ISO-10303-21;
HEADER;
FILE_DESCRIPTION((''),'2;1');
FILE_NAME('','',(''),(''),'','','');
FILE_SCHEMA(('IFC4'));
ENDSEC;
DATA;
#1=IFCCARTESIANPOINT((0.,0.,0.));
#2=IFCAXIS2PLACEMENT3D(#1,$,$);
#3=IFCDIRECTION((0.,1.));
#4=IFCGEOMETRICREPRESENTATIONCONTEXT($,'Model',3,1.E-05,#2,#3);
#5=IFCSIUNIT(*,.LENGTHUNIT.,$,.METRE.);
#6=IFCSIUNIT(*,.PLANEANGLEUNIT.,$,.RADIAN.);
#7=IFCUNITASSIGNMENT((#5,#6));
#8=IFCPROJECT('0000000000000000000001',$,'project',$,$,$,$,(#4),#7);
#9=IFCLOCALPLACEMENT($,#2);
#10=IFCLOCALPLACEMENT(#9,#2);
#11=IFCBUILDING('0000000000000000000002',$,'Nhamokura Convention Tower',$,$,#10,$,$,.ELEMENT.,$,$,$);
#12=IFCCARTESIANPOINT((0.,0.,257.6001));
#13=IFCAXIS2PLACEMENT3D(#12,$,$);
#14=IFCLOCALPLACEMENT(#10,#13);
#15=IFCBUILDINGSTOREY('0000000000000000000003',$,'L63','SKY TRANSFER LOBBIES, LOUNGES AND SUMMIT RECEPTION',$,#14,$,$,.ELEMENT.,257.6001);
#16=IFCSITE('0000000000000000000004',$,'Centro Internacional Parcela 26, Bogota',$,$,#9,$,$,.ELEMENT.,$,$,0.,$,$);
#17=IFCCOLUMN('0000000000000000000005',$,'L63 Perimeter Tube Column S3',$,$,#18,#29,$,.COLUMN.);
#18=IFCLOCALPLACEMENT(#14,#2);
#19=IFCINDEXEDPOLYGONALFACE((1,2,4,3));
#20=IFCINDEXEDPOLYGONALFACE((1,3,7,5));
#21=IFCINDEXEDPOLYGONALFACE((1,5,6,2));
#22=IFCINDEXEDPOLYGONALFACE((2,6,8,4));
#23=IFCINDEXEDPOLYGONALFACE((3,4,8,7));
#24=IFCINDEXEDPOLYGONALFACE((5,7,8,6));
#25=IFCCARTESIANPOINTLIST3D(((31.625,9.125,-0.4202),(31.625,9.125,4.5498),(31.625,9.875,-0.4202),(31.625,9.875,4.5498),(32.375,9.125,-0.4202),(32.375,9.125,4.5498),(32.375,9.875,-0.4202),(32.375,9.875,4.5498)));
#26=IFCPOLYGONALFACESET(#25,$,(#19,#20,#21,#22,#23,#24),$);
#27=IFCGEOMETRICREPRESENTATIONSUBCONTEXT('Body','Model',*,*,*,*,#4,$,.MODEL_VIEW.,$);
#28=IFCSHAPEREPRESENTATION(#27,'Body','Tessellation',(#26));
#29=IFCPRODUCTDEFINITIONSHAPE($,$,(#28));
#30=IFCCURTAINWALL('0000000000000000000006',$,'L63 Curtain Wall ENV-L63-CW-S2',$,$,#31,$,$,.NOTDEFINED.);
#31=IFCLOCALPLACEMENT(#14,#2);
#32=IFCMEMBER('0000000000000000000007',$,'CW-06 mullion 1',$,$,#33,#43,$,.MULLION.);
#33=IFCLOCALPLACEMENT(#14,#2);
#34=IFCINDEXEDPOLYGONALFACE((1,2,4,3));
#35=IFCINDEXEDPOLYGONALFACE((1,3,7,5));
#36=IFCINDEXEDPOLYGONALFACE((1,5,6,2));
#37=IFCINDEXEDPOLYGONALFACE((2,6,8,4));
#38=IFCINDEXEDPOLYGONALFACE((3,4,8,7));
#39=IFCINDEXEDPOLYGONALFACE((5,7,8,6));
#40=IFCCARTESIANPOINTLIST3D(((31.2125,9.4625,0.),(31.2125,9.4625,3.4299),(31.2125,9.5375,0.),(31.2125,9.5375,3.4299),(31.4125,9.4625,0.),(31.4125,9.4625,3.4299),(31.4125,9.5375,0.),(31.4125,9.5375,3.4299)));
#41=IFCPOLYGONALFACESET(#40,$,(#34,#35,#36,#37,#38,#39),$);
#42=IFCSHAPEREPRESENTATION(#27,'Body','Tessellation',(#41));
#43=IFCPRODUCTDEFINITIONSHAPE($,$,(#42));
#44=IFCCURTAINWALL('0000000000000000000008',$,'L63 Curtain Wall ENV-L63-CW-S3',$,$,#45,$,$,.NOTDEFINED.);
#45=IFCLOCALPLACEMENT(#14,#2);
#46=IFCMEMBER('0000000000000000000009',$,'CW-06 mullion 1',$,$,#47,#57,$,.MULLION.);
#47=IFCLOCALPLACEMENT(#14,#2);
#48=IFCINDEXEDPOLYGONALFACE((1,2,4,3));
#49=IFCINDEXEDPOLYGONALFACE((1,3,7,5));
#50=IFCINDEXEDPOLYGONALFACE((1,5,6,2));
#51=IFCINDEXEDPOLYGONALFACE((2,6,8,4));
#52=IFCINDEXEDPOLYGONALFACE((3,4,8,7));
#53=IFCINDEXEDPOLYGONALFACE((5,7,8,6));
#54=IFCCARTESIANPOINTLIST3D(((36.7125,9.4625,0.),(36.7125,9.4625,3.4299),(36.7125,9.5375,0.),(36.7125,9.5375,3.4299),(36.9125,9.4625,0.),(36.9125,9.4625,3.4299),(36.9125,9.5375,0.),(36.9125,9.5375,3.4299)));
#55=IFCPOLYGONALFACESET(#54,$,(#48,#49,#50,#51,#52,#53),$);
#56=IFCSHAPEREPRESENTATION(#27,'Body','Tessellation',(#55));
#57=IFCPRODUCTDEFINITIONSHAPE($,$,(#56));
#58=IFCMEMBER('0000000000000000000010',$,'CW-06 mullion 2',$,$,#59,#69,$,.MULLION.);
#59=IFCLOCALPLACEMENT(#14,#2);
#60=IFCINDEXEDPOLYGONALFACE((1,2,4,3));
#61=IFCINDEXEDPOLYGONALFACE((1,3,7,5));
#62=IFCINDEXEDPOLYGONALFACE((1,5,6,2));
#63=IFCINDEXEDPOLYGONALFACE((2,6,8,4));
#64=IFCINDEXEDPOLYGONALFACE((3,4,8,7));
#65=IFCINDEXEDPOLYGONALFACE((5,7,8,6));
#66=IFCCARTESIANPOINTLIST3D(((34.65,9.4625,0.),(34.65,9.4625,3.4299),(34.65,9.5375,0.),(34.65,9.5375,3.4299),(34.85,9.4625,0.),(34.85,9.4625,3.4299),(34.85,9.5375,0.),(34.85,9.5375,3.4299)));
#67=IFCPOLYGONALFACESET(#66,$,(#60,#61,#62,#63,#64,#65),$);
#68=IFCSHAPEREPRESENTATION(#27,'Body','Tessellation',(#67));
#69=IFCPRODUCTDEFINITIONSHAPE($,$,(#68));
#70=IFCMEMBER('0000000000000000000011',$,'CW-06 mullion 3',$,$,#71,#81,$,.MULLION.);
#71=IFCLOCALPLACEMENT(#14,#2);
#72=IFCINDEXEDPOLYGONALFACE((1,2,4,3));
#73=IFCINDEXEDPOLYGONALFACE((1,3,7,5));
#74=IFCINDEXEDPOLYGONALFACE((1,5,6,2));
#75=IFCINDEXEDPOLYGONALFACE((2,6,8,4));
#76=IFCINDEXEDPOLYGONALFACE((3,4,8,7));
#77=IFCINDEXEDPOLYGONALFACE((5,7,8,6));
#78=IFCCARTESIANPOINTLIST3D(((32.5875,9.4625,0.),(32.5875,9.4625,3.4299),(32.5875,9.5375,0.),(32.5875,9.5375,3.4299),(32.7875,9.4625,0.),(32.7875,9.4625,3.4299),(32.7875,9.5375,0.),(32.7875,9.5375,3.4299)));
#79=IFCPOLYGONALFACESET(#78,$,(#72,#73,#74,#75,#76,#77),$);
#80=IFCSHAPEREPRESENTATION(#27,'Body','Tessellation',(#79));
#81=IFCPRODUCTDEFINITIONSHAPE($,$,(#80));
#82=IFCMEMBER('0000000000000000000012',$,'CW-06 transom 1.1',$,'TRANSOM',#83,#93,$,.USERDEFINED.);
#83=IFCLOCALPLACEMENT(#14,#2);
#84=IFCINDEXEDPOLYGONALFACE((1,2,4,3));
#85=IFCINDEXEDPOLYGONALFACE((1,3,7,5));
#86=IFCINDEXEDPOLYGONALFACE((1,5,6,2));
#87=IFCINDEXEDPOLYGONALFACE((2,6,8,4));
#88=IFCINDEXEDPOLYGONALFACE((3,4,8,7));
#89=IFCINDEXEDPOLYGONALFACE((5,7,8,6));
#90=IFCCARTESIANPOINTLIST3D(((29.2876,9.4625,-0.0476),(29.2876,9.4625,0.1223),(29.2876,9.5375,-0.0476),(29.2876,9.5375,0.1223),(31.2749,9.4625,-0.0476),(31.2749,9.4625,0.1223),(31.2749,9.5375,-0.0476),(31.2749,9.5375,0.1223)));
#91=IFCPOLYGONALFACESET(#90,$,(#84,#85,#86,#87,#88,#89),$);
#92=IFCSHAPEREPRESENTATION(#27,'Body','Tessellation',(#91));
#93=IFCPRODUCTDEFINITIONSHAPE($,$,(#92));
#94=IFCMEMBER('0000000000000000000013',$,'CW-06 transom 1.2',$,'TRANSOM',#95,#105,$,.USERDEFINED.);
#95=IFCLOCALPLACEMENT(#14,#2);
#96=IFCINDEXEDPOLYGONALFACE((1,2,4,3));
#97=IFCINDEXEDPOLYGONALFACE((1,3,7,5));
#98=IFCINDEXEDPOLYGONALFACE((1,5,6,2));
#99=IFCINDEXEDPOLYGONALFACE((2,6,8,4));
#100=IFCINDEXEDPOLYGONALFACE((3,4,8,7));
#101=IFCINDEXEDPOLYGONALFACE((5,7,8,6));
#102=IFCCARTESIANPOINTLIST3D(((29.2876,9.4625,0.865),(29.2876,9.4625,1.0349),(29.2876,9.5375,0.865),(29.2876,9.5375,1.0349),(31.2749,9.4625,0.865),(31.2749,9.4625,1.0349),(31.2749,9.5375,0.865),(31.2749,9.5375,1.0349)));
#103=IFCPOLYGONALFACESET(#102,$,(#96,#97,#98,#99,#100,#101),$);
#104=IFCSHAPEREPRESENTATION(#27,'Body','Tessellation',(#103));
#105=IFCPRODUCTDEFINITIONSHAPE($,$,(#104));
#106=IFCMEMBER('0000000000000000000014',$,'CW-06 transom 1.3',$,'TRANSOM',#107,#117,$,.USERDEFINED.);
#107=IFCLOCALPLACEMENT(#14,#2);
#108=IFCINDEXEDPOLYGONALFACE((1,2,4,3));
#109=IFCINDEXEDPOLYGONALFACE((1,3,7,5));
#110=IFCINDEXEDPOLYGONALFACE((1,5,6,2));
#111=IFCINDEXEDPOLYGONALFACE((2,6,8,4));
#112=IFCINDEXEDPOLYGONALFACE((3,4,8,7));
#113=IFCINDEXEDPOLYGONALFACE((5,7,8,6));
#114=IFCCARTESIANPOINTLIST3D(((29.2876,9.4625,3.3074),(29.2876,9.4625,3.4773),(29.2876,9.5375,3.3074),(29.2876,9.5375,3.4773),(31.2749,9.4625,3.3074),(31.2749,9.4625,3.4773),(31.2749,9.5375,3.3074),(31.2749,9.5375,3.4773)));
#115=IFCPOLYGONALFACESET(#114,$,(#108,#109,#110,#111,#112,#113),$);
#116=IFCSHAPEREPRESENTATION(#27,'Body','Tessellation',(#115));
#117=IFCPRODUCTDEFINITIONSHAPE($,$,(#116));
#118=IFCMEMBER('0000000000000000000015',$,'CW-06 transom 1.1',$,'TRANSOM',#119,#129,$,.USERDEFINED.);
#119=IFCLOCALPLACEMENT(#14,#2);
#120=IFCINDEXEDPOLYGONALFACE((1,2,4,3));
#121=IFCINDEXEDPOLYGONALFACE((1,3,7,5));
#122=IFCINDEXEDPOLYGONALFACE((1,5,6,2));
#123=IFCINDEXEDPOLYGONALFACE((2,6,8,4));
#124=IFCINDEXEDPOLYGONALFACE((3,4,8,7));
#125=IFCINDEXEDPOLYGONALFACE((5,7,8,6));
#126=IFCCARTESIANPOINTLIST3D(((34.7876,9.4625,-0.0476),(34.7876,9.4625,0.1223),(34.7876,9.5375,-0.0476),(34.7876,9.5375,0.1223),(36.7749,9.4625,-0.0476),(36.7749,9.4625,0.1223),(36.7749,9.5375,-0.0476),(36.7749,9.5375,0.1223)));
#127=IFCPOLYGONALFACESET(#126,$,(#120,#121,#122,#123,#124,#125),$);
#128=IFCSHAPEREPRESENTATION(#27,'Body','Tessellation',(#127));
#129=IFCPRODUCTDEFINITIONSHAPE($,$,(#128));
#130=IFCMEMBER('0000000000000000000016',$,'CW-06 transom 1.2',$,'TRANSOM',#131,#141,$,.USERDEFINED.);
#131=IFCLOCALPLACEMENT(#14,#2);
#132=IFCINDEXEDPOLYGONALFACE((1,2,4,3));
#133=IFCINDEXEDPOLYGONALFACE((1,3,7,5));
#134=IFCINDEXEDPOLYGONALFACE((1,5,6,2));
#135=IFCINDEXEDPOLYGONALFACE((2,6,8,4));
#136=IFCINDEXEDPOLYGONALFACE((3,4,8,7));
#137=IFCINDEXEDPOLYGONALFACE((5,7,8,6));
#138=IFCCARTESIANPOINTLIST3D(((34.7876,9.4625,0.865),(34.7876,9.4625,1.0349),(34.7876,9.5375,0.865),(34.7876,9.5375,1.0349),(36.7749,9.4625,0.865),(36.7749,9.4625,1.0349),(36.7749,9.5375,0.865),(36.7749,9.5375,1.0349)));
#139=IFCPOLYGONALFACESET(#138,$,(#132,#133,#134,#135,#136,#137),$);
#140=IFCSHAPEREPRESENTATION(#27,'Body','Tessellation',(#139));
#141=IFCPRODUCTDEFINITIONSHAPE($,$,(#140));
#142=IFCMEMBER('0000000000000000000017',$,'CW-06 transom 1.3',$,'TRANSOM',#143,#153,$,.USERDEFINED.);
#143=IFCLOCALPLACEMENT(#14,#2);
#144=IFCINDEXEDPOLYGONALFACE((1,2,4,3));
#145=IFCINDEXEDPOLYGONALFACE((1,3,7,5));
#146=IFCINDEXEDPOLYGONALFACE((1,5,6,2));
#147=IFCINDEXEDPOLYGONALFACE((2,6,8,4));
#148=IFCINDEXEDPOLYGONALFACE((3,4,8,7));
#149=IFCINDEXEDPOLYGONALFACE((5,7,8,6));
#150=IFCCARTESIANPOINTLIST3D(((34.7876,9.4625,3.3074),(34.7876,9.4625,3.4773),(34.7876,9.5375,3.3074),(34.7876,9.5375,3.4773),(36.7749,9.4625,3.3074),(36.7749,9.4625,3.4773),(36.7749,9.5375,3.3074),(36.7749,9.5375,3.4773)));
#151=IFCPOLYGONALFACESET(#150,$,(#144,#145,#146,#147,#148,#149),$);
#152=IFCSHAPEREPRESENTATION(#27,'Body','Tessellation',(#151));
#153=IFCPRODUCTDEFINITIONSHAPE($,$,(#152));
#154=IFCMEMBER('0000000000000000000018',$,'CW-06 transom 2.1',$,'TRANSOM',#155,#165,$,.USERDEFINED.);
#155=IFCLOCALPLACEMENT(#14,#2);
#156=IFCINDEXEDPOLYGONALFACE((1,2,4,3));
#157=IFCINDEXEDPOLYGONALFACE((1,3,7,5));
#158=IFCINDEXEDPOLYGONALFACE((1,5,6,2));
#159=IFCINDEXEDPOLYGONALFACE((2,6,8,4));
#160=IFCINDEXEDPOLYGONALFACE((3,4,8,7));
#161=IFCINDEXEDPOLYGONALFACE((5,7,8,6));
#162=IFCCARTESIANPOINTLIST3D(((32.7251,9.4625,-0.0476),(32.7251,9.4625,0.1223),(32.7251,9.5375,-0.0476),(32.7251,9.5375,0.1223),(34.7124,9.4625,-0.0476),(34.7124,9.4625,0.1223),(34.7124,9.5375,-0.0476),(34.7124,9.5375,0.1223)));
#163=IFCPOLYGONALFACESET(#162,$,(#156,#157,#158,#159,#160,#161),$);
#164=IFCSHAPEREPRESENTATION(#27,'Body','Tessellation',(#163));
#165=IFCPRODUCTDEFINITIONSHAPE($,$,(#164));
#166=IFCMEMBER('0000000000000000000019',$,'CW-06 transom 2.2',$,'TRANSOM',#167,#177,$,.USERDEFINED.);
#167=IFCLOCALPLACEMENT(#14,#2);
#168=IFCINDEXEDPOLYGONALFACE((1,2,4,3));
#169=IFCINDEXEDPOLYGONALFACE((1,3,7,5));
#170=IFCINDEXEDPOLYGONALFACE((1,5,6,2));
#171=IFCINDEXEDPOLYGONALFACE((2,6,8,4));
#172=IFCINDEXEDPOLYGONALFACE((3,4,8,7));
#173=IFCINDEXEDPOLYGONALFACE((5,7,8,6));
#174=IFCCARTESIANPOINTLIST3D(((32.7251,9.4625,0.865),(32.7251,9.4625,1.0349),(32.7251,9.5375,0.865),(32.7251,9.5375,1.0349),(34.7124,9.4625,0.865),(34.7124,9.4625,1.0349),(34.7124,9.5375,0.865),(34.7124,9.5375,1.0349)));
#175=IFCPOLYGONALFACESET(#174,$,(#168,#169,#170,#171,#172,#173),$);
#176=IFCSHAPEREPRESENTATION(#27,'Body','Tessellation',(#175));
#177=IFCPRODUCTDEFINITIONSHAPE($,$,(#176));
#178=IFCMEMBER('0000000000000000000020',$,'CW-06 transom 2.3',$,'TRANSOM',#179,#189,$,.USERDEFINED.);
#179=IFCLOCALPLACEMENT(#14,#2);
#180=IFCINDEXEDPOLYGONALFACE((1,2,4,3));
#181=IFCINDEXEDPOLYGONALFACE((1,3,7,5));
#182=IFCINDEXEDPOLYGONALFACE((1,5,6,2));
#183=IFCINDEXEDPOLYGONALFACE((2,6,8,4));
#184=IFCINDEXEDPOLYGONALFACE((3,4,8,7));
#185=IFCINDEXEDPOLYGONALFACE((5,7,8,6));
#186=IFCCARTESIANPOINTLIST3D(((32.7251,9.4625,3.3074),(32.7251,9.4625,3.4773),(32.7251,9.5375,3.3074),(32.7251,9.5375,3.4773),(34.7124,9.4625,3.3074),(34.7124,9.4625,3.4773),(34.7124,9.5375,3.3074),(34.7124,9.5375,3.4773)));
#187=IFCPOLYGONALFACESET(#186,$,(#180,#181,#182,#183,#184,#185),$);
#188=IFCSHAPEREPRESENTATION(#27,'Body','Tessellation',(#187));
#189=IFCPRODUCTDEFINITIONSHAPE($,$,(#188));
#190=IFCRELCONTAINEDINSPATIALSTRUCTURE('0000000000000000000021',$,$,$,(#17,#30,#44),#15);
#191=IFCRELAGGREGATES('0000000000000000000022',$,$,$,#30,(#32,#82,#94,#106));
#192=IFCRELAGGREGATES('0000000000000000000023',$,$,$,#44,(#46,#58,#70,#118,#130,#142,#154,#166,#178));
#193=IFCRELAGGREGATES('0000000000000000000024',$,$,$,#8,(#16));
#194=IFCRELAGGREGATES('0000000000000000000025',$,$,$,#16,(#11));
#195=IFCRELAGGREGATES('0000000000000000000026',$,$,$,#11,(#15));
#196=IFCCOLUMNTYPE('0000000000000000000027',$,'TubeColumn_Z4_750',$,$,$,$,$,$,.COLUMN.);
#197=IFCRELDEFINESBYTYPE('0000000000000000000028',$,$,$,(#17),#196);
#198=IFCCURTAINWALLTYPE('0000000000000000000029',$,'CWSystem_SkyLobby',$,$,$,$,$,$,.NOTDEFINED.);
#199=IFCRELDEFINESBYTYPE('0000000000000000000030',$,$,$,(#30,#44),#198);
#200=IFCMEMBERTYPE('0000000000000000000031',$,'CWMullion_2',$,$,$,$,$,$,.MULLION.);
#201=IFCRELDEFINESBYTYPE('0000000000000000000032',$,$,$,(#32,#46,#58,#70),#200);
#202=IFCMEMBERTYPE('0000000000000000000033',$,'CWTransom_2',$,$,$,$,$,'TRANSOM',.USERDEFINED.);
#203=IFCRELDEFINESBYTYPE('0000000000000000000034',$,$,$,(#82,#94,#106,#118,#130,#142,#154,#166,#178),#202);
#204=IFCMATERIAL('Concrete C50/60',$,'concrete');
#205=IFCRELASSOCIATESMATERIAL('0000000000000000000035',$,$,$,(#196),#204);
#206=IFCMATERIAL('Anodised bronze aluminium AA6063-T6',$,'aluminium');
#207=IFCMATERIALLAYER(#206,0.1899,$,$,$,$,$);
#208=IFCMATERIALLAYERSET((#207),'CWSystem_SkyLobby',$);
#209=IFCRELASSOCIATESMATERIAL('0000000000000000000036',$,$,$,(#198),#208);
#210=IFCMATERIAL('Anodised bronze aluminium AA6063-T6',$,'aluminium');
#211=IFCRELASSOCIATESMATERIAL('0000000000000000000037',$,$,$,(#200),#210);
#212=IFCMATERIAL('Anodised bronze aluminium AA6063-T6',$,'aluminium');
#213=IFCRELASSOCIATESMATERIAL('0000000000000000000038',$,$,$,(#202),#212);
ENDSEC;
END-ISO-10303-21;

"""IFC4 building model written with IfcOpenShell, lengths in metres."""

from ifc_helpers import new_model, si_unit, direction, frame, origin, origin_2d, place, context, subcontext, project, spatial, rectangle, extrude, material, layer, layer_set, material_profile, profile_set, type_object, element, aggregate, save


model = new_model("IFC4")

# Units and contexts
model_context = context("Model", 3, precision=1e-05, world=origin(), true_north=direction((0.0, 1.0)))
body_context = subcontext(model_context, "Body", "Model", "MODEL_VIEW")
ifc_project = project(units=[si_unit("LENGTHUNIT", "METRE"), si_unit("PLANEANGLEUNIT", "RADIAN")], contexts=[model_context])

# Site, building, storey
site_placement = place(None, origin())
site = spatial("IfcSite", under=ifc_project, at=site_placement, Name="Centro Internacional Parcela 26, Bogota", CompositionType="ELEMENT", RefElevation=0.0)
building_placement = place(site_placement, origin())
building = spatial("IfcBuilding", under=site, at=building_placement, Name="Nhamokura Convention Tower", CompositionType="ELEMENT")
storey_placement = place(building_placement, frame((0.0, 0.0, 257.6001)))
storey = spatial("IfcBuildingStorey", under=building, at=storey_placement, Name="L63", Description="SKY TRANSFER LOBBIES, LOUNGES AND SUMMIT RECEPTION", CompositionType="ELEMENT", Elevation=257.6001)

# Column
ifc_material_1 = material(Name="Concrete C50/60", Category="concrete")
ifc_material_profile_1 = material_profile(ifc_material_1, rectangle(XDim=0.75, YDim=0.75, at=origin_2d()))
ifc_profile_set_1 = profile_set([ifc_material_profile_1], Name="Concrete C50/60")
column_type = type_object("IfcColumnType", Name="TubeColumn_Z4_750", PredefinedType="COLUMN", material=ifc_profile_set_1)
column_placement = place(storey_placement, frame((32.0, 9.5, -0.4202), z_axis=(0.0, 0.0, 1.0), x_axis=(1.0, 0.0, 0.0)))
element("IfcColumn", 1, at=column_placement, inside=storey, type_object=column_type, Name="L63 Perimeter Tube Column S3", PredefinedType="COLUMN", context=body_context, shape_type="SweptSolid", body=[
    extrude(rectangle(XDim=0.75, YDim=0.75, at=origin_2d()), origin(), (0.0, 0.0, 1.0), 4.97),
])

# Curtain wall, member
ifc_material_2 = material(Name="Anodised bronze aluminium AA6063-T6", Category="aluminium")
ifc_layer_1 = layer(ifc_material_2, 0.1899)
ifc_layer_set_1 = layer_set([ifc_layer_1], Name="CWSystem_SkyLobby")
curtain_wall_type = type_object("IfcCurtainWallType", Name="CWSystem_SkyLobby", PredefinedType="NOTDEFINED", material=ifc_layer_set_1)
curtain_wall_1_placement = place(storey_placement, origin())
curtain_wall_1 = element("IfcCurtainWall", 2, at=curtain_wall_1_placement, inside=storey, type_object=curtain_wall_type, Name="L63 Curtain Wall ENV-L63-CW-S2", PredefinedType="NOTDEFINED")
ifc_material_3 = material(Name="Anodised bronze aluminium AA6063-T6", Category="aluminium")
ifc_material_profile_2 = material_profile(ifc_material_3, rectangle(XDim=0.075, YDim=0.2, at=origin_2d()))
ifc_profile_set_2 = profile_set([ifc_material_profile_2], Name="Anodised bronze aluminium AA6063-T6")
member_type_1 = type_object("IfcMemberType", Name="CWMullion_2", PredefinedType="MULLION", material=ifc_profile_set_2)
member_1_placement = place(storey_placement, frame((31.3125, 9.5, 0.0), z_axis=(0.0, 0.0, 1.0), x_axis=(0.0, -1.0, 0.0)))
member_1 = element("IfcMember", 3, at=member_1_placement, type_object=member_type_1, Name="CW-06 mullion 1", PredefinedType="MULLION", context=body_context, shape_type="SweptSolid", body=[
    extrude(rectangle(XDim=0.075, YDim=0.2, at=origin_2d()), origin(), (0.0, 0.0, 1.0), 3.4299),
])

# Curtain wall, members
curtain_wall_2_placement = place(storey_placement, origin())
curtain_wall_2 = element("IfcCurtainWall", 4, at=curtain_wall_2_placement, inside=storey, type_object=curtain_wall_type, Name="L63 Curtain Wall ENV-L63-CW-S3", PredefinedType="NOTDEFINED")
member_2_placement = place(storey_placement, frame((36.8125, 9.5, 0.0), z_axis=(0.0, 0.0, 1.0), x_axis=(0.0, -1.0, 0.0)))
member_2 = element("IfcMember", 5, at=member_2_placement, type_object=member_type_1, Name="CW-06 mullion 1", PredefinedType="MULLION", context=body_context, shape_type="SweptSolid", body=[
    extrude(rectangle(XDim=0.075, YDim=0.2, at=origin_2d()), origin(), (0.0, 0.0, 1.0), 3.4299),
])
member_3_placement = place(storey_placement, frame((34.75, 9.5, 0.0), z_axis=(0.0, 0.0, 1.0), x_axis=(0.0, -1.0, 0.0)))
member_3 = element("IfcMember", 6, at=member_3_placement, type_object=member_type_1, Name="CW-06 mullion 2", PredefinedType="MULLION", context=body_context, shape_type="SweptSolid", body=[
    extrude(rectangle(XDim=0.075, YDim=0.2, at=origin_2d()), origin(), (0.0, 0.0, 1.0), 3.4299),
])
member_4_placement = place(storey_placement, frame((32.6875, 9.5, 0.0), z_axis=(0.0, 0.0, 1.0), x_axis=(0.0, -1.0, 0.0)))
member_4 = element("IfcMember", 7, at=member_4_placement, type_object=member_type_1, Name="CW-06 mullion 3", PredefinedType="MULLION", context=body_context, shape_type="SweptSolid", body=[
    extrude(rectangle(XDim=0.075, YDim=0.2, at=origin_2d()), origin(), (0.0, 0.0, 1.0), 3.4299),
])

# Members
ifc_material_4 = material(Name="Anodised bronze aluminium AA6063-T6", Category="aluminium")
ifc_material_profile_3 = material_profile(ifc_material_4, rectangle(XDim=0.075, YDim=0.1699, at=origin_2d()))
ifc_profile_set_3 = profile_set([ifc_material_profile_3], Name="Anodised bronze aluminium AA6063-T6")
member_type_2 = type_object("IfcMemberType", Name="CWTransom_2", ElementType="TRANSOM", PredefinedType="USERDEFINED", material=ifc_profile_set_3)
member_5_placement = place(storey_placement, frame((31.2749, 9.5, 0.0374), z_axis=(-1.0, 0.0, 0.0), x_axis=(0.0, -1.0, 0.0)))
member_5 = element("IfcMember", 8, at=member_5_placement, type_object=member_type_2, Name="CW-06 transom 1.1", ObjectType="TRANSOM", PredefinedType="USERDEFINED", context=body_context, shape_type="SweptSolid", body=[
    extrude(rectangle(XDim=0.075, YDim=0.1699, at=origin_2d()), origin(), (0.0, 0.0, 1.0), 1.9873),
])
member_6_placement = place(storey_placement, frame((31.2749, 9.5, 0.95), z_axis=(-1.0, 0.0, 0.0), x_axis=(0.0, -1.0, 0.0)))
member_6 = element("IfcMember", 9, at=member_6_placement, type_object=member_type_2, Name="CW-06 transom 1.2", ObjectType="TRANSOM", PredefinedType="USERDEFINED", context=body_context, shape_type="SweptSolid", body=[
    extrude(rectangle(XDim=0.075, YDim=0.1699, at=origin_2d()), origin(), (0.0, 0.0, 1.0), 1.9873),
])
member_7_placement = place(storey_placement, frame((31.2749, 9.5, 3.3923), z_axis=(-1.0, 0.0, 0.0), x_axis=(0.0, -1.0, 0.0)))
member_7 = element("IfcMember", 10, at=member_7_placement, type_object=member_type_2, Name="CW-06 transom 1.3", ObjectType="TRANSOM", PredefinedType="USERDEFINED", context=body_context, shape_type="SweptSolid", body=[
    extrude(rectangle(XDim=0.075, YDim=0.1699, at=origin_2d()), origin(), (0.0, 0.0, 1.0), 1.9873),
])
member_8_placement = place(storey_placement, frame((36.7749, 9.5, 0.0374), z_axis=(-1.0, 0.0, 0.0), x_axis=(0.0, -1.0, 0.0)))
member_8 = element("IfcMember", 11, at=member_8_placement, type_object=member_type_2, Name="CW-06 transom 1.1", ObjectType="TRANSOM", PredefinedType="USERDEFINED", context=body_context, shape_type="SweptSolid", body=[
    extrude(rectangle(XDim=0.075, YDim=0.1699, at=origin_2d()), origin(), (0.0, 0.0, 1.0), 1.9873),
])
member_9_placement = place(storey_placement, frame((36.7749, 9.5, 0.95), z_axis=(-1.0, 0.0, 0.0), x_axis=(0.0, -1.0, 0.0)))
member_9 = element("IfcMember", 12, at=member_9_placement, type_object=member_type_2, Name="CW-06 transom 1.2", ObjectType="TRANSOM", PredefinedType="USERDEFINED", context=body_context, shape_type="SweptSolid", body=[
    extrude(rectangle(XDim=0.075, YDim=0.1699, at=origin_2d()), origin(), (0.0, 0.0, 1.0), 1.9873),
])
member_10_placement = place(storey_placement, frame((36.7749, 9.5, 3.3923), z_axis=(-1.0, 0.0, 0.0), x_axis=(0.0, -1.0, 0.0)))
member_10 = element("IfcMember", 13, at=member_10_placement, type_object=member_type_2, Name="CW-06 transom 1.3", ObjectType="TRANSOM", PredefinedType="USERDEFINED", context=body_context, shape_type="SweptSolid", body=[
    extrude(rectangle(XDim=0.075, YDim=0.1699, at=origin_2d()), origin(), (0.0, 0.0, 1.0), 1.9873),
])
member_11_placement = place(storey_placement, frame((34.7124, 9.5, 0.0374), z_axis=(-1.0, 0.0, 0.0), x_axis=(0.0, -1.0, 0.0)))
member_11 = element("IfcMember", 14, at=member_11_placement, type_object=member_type_2, Name="CW-06 transom 2.1", ObjectType="TRANSOM", PredefinedType="USERDEFINED", context=body_context, shape_type="SweptSolid", body=[
    extrude(rectangle(XDim=0.075, YDim=0.1699, at=origin_2d()), origin(), (0.0, 0.0, 1.0), 1.9873),
])
member_12_placement = place(storey_placement, frame((34.7124, 9.5, 0.95), z_axis=(-1.0, 0.0, 0.0), x_axis=(0.0, -1.0, 0.0)))
member_12 = element("IfcMember", 15, at=member_12_placement, type_object=member_type_2, Name="CW-06 transom 2.2", ObjectType="TRANSOM", PredefinedType="USERDEFINED", context=body_context, shape_type="SweptSolid", body=[
    extrude(rectangle(XDim=0.075, YDim=0.1699, at=origin_2d()), origin(), (0.0, 0.0, 1.0), 1.9873),
])
member_13_placement = place(storey_placement, frame((34.7124, 9.5, 3.3923), z_axis=(-1.0, 0.0, 0.0), x_axis=(0.0, -1.0, 0.0)))
member_13 = element("IfcMember", 16, at=member_13_placement, type_object=member_type_2, Name="CW-06 transom 2.3", ObjectType="TRANSOM", PredefinedType="USERDEFINED", context=body_context, shape_type="SweptSolid", body=[
    extrude(rectangle(XDim=0.075, YDim=0.1699, at=origin_2d()), origin(), (0.0, 0.0, 1.0), 1.9873),
])

aggregate(curtain_wall_1, [member_1, member_5, member_6, member_7])
aggregate(curtain_wall_2, [member_2, member_3, member_4, member_8, member_9, member_10, member_11, member_12, member_13])

save(model, "model.ifc")
